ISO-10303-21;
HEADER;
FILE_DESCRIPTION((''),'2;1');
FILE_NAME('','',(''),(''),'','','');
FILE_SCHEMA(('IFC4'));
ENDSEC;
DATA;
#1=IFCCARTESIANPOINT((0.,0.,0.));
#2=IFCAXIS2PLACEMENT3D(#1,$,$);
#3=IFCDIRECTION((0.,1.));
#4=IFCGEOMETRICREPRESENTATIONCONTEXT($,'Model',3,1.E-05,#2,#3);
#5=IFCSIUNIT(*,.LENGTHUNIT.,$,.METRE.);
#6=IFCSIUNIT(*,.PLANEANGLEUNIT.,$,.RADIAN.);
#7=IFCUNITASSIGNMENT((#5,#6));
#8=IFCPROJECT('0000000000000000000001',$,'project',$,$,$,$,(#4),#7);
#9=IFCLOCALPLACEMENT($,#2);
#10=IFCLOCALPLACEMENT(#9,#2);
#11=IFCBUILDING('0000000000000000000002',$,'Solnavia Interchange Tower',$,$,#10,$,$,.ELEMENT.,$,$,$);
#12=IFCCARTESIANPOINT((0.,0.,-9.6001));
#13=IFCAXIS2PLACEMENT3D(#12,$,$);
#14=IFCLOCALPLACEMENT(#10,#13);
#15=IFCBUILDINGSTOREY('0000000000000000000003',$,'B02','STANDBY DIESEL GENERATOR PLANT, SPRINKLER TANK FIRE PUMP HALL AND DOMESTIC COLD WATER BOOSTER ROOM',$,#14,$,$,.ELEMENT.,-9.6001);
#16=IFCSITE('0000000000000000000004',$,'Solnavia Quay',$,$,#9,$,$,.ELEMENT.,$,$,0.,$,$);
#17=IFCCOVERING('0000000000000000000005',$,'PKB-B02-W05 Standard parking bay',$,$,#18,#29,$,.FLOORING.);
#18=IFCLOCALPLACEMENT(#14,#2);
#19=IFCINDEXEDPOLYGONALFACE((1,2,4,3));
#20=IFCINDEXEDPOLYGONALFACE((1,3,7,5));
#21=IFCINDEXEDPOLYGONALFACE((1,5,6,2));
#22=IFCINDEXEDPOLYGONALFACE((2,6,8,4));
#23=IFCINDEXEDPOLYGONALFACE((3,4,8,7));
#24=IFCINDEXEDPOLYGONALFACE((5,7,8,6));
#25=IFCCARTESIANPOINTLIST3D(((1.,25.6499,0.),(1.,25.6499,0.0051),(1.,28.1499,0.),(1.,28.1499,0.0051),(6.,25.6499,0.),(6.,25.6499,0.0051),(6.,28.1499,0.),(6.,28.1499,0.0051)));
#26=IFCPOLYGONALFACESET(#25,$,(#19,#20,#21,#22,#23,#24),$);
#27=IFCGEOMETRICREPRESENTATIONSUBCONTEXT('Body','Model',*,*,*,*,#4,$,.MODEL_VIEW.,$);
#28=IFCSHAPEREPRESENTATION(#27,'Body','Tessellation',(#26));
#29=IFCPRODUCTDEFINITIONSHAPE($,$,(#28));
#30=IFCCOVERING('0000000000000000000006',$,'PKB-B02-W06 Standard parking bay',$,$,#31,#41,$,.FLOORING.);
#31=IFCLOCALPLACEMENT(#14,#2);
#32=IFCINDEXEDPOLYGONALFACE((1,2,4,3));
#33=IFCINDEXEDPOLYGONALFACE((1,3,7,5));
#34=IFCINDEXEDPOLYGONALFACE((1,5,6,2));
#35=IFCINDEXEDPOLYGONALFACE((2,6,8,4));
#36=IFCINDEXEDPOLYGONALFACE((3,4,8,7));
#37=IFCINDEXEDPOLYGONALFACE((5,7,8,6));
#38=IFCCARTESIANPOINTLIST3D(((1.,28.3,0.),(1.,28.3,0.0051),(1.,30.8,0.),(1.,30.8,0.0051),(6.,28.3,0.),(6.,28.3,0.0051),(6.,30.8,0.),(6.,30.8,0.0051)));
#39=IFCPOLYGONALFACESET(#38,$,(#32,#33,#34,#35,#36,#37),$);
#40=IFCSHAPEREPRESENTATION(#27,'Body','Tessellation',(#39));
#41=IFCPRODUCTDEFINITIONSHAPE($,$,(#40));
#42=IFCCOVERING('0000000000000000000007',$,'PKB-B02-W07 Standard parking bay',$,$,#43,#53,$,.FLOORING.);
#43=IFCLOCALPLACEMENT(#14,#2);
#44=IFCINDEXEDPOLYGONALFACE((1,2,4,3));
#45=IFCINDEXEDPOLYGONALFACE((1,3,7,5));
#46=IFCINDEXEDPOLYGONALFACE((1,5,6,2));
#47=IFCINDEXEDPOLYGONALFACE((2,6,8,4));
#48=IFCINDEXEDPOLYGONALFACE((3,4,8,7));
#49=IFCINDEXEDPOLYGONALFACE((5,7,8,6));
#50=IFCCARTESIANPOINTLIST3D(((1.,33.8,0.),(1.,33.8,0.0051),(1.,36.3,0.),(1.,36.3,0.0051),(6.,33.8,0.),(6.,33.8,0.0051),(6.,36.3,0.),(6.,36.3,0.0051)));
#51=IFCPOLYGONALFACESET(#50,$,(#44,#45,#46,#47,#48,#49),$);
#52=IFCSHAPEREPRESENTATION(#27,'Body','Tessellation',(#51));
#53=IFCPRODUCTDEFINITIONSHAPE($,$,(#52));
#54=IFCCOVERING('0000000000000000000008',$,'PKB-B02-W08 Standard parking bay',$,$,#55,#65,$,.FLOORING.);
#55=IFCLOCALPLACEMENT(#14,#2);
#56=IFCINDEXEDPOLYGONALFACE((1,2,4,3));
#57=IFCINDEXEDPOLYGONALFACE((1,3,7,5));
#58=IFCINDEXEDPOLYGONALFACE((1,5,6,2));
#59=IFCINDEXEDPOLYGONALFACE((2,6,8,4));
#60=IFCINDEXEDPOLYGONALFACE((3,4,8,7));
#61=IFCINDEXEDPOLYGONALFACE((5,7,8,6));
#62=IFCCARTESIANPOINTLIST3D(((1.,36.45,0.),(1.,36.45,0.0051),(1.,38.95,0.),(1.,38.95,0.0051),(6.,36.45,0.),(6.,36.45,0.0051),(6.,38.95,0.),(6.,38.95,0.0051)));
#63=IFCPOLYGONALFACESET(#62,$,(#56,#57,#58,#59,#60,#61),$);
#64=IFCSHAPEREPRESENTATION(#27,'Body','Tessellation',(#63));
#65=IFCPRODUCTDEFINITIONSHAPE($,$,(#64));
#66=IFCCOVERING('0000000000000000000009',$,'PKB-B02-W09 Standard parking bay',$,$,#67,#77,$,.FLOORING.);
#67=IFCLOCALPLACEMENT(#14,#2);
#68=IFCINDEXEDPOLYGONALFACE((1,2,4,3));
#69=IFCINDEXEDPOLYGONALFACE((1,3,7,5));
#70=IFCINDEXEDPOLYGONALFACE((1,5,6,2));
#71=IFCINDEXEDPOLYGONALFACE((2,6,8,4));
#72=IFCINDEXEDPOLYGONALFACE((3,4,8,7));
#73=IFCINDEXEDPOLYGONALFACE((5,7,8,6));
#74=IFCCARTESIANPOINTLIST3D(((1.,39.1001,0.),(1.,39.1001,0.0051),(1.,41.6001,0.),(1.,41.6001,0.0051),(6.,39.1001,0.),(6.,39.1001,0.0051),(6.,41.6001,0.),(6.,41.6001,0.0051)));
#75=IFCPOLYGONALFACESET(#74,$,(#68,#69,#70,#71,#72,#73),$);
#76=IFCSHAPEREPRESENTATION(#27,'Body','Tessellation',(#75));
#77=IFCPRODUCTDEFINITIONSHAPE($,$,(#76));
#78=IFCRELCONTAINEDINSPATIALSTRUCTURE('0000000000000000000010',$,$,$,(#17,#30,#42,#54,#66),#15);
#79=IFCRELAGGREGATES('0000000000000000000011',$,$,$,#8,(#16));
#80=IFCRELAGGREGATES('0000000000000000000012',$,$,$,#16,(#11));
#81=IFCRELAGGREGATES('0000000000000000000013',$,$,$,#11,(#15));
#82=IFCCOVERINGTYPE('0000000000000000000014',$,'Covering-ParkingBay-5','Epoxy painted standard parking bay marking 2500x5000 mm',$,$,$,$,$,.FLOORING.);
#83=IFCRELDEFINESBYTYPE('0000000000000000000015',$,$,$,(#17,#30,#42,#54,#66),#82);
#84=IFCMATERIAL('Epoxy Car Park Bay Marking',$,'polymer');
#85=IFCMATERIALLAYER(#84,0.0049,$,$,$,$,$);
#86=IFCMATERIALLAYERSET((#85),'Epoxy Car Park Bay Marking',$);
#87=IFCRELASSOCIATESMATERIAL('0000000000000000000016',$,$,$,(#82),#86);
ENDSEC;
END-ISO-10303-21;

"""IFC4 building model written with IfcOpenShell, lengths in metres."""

from ifc_helpers import new_model, si_unit, direction, frame, origin, place, context, subcontext, project, spatial, polyline, outline, extrude, material, layer, layer_set, type_object, element, save


model = new_model("IFC4")

# Units and contexts
model_context = context("Model", 3, precision=1e-05, world=origin(), true_north=direction((0.0, 1.0)))
body_context = subcontext(model_context, "Body", "Model", "MODEL_VIEW")
ifc_project = project(units=[si_unit("LENGTHUNIT", "METRE"), si_unit("PLANEANGLEUNIT", "RADIAN")], contexts=[model_context])

# Site, building, storey
site_placement = place(None, origin())
site = spatial("IfcSite", under=ifc_project, at=site_placement, Name="Solnavia Quay", CompositionType="ELEMENT", RefElevation=0.0)
building_placement = place(site_placement, origin())
building = spatial("IfcBuilding", under=site, at=building_placement, Name="Solnavia Interchange Tower", CompositionType="ELEMENT")
storey_placement = place(building_placement, frame((0.0, 0.0, -9.6001)))
storey = spatial("IfcBuildingStorey", under=building, at=storey_placement, Name="B02", Description="STANDBY DIESEL GENERATOR PLANT, SPRINKLER TANK FIRE PUMP HALL AND DOMESTIC COLD WATER BOOSTER ROOM", CompositionType="ELEMENT", Elevation=-9.6001)

# Coverings
ifc_material_1 = material(Name="Epoxy Car Park Bay Marking", Category="polymer")
ifc_layer_1 = layer(ifc_material_1, 0.0049)
ifc_layer_set_1 = layer_set([ifc_layer_1], Name="Epoxy Car Park Bay Marking")
covering_type = type_object("IfcCoveringType", Name="Covering-ParkingBay-5", Description="Epoxy painted standard parking bay marking 2500x5000 mm", PredefinedType="FLOORING", material=ifc_layer_set_1)
covering_1_placement = place(storey_placement, origin())
element("IfcCovering", 1, at=covering_1_placement, inside=storey, type_object=covering_type, Name="PKB-B02-W05 Standard parking bay", PredefinedType="FLOORING", context=body_context, shape_type="SweptSolid", body=[
    extrude(outline(polyline([(1.0, 25.6499), (6.0, 25.6499), (6.0, 28.1499), (1.0, 28.1499), (1.0, 25.6499)])), origin(), (0.0, 0.0, 1.0), 0.0051),
])
covering_2_placement = place(storey_placement, origin())
element("IfcCovering", 2, at=covering_2_placement, inside=storey, type_object=covering_type, Name="PKB-B02-W06 Standard parking bay", PredefinedType="FLOORING", context=body_context, shape_type="SweptSolid", body=[
    extrude(outline(polyline([(1.0, 28.3), (6.0, 28.3), (6.0, 30.8), (1.0, 30.8), (1.0, 28.3)])), origin(), (0.0, 0.0, 1.0), 0.0051),
])
covering_3_placement = place(storey_placement, origin())
element("IfcCovering", 3, at=covering_3_placement, inside=storey, type_object=covering_type, Name="PKB-B02-W07 Standard parking bay", PredefinedType="FLOORING", context=body_context, shape_type="SweptSolid", body=[
    extrude(outline(polyline([(1.0, 33.8), (6.0, 33.8), (6.0, 36.3), (1.0, 36.3), (1.0, 33.8)])), origin(), (0.0, 0.0, 1.0), 0.0051),
])
covering_4_placement = place(storey_placement, origin())
element("IfcCovering", 4, at=covering_4_placement, inside=storey, type_object=covering_type, Name="PKB-B02-W08 Standard parking bay", PredefinedType="FLOORING", context=body_context, shape_type="SweptSolid", body=[
    extrude(outline(polyline([(1.0, 36.45), (6.0, 36.45), (6.0, 38.95), (1.0, 38.95), (1.0, 36.45)])), origin(), (0.0, 0.0, 1.0), 0.0051),
])
covering_5_placement = place(storey_placement, origin())
element("IfcCovering", 5, at=covering_5_placement, inside=storey, type_object=covering_type, Name="PKB-B02-W09 Standard parking bay", PredefinedType="FLOORING", context=body_context, shape_type="SweptSolid", body=[
    extrude(outline(polyline([(1.0, 39.1001), (6.0, 39.1001), (6.0, 41.6001), (1.0, 41.6001), (1.0, 39.1001)])), origin(), (0.0, 0.0, 1.0), 0.0051),
])

save(model, "model.ifc")
